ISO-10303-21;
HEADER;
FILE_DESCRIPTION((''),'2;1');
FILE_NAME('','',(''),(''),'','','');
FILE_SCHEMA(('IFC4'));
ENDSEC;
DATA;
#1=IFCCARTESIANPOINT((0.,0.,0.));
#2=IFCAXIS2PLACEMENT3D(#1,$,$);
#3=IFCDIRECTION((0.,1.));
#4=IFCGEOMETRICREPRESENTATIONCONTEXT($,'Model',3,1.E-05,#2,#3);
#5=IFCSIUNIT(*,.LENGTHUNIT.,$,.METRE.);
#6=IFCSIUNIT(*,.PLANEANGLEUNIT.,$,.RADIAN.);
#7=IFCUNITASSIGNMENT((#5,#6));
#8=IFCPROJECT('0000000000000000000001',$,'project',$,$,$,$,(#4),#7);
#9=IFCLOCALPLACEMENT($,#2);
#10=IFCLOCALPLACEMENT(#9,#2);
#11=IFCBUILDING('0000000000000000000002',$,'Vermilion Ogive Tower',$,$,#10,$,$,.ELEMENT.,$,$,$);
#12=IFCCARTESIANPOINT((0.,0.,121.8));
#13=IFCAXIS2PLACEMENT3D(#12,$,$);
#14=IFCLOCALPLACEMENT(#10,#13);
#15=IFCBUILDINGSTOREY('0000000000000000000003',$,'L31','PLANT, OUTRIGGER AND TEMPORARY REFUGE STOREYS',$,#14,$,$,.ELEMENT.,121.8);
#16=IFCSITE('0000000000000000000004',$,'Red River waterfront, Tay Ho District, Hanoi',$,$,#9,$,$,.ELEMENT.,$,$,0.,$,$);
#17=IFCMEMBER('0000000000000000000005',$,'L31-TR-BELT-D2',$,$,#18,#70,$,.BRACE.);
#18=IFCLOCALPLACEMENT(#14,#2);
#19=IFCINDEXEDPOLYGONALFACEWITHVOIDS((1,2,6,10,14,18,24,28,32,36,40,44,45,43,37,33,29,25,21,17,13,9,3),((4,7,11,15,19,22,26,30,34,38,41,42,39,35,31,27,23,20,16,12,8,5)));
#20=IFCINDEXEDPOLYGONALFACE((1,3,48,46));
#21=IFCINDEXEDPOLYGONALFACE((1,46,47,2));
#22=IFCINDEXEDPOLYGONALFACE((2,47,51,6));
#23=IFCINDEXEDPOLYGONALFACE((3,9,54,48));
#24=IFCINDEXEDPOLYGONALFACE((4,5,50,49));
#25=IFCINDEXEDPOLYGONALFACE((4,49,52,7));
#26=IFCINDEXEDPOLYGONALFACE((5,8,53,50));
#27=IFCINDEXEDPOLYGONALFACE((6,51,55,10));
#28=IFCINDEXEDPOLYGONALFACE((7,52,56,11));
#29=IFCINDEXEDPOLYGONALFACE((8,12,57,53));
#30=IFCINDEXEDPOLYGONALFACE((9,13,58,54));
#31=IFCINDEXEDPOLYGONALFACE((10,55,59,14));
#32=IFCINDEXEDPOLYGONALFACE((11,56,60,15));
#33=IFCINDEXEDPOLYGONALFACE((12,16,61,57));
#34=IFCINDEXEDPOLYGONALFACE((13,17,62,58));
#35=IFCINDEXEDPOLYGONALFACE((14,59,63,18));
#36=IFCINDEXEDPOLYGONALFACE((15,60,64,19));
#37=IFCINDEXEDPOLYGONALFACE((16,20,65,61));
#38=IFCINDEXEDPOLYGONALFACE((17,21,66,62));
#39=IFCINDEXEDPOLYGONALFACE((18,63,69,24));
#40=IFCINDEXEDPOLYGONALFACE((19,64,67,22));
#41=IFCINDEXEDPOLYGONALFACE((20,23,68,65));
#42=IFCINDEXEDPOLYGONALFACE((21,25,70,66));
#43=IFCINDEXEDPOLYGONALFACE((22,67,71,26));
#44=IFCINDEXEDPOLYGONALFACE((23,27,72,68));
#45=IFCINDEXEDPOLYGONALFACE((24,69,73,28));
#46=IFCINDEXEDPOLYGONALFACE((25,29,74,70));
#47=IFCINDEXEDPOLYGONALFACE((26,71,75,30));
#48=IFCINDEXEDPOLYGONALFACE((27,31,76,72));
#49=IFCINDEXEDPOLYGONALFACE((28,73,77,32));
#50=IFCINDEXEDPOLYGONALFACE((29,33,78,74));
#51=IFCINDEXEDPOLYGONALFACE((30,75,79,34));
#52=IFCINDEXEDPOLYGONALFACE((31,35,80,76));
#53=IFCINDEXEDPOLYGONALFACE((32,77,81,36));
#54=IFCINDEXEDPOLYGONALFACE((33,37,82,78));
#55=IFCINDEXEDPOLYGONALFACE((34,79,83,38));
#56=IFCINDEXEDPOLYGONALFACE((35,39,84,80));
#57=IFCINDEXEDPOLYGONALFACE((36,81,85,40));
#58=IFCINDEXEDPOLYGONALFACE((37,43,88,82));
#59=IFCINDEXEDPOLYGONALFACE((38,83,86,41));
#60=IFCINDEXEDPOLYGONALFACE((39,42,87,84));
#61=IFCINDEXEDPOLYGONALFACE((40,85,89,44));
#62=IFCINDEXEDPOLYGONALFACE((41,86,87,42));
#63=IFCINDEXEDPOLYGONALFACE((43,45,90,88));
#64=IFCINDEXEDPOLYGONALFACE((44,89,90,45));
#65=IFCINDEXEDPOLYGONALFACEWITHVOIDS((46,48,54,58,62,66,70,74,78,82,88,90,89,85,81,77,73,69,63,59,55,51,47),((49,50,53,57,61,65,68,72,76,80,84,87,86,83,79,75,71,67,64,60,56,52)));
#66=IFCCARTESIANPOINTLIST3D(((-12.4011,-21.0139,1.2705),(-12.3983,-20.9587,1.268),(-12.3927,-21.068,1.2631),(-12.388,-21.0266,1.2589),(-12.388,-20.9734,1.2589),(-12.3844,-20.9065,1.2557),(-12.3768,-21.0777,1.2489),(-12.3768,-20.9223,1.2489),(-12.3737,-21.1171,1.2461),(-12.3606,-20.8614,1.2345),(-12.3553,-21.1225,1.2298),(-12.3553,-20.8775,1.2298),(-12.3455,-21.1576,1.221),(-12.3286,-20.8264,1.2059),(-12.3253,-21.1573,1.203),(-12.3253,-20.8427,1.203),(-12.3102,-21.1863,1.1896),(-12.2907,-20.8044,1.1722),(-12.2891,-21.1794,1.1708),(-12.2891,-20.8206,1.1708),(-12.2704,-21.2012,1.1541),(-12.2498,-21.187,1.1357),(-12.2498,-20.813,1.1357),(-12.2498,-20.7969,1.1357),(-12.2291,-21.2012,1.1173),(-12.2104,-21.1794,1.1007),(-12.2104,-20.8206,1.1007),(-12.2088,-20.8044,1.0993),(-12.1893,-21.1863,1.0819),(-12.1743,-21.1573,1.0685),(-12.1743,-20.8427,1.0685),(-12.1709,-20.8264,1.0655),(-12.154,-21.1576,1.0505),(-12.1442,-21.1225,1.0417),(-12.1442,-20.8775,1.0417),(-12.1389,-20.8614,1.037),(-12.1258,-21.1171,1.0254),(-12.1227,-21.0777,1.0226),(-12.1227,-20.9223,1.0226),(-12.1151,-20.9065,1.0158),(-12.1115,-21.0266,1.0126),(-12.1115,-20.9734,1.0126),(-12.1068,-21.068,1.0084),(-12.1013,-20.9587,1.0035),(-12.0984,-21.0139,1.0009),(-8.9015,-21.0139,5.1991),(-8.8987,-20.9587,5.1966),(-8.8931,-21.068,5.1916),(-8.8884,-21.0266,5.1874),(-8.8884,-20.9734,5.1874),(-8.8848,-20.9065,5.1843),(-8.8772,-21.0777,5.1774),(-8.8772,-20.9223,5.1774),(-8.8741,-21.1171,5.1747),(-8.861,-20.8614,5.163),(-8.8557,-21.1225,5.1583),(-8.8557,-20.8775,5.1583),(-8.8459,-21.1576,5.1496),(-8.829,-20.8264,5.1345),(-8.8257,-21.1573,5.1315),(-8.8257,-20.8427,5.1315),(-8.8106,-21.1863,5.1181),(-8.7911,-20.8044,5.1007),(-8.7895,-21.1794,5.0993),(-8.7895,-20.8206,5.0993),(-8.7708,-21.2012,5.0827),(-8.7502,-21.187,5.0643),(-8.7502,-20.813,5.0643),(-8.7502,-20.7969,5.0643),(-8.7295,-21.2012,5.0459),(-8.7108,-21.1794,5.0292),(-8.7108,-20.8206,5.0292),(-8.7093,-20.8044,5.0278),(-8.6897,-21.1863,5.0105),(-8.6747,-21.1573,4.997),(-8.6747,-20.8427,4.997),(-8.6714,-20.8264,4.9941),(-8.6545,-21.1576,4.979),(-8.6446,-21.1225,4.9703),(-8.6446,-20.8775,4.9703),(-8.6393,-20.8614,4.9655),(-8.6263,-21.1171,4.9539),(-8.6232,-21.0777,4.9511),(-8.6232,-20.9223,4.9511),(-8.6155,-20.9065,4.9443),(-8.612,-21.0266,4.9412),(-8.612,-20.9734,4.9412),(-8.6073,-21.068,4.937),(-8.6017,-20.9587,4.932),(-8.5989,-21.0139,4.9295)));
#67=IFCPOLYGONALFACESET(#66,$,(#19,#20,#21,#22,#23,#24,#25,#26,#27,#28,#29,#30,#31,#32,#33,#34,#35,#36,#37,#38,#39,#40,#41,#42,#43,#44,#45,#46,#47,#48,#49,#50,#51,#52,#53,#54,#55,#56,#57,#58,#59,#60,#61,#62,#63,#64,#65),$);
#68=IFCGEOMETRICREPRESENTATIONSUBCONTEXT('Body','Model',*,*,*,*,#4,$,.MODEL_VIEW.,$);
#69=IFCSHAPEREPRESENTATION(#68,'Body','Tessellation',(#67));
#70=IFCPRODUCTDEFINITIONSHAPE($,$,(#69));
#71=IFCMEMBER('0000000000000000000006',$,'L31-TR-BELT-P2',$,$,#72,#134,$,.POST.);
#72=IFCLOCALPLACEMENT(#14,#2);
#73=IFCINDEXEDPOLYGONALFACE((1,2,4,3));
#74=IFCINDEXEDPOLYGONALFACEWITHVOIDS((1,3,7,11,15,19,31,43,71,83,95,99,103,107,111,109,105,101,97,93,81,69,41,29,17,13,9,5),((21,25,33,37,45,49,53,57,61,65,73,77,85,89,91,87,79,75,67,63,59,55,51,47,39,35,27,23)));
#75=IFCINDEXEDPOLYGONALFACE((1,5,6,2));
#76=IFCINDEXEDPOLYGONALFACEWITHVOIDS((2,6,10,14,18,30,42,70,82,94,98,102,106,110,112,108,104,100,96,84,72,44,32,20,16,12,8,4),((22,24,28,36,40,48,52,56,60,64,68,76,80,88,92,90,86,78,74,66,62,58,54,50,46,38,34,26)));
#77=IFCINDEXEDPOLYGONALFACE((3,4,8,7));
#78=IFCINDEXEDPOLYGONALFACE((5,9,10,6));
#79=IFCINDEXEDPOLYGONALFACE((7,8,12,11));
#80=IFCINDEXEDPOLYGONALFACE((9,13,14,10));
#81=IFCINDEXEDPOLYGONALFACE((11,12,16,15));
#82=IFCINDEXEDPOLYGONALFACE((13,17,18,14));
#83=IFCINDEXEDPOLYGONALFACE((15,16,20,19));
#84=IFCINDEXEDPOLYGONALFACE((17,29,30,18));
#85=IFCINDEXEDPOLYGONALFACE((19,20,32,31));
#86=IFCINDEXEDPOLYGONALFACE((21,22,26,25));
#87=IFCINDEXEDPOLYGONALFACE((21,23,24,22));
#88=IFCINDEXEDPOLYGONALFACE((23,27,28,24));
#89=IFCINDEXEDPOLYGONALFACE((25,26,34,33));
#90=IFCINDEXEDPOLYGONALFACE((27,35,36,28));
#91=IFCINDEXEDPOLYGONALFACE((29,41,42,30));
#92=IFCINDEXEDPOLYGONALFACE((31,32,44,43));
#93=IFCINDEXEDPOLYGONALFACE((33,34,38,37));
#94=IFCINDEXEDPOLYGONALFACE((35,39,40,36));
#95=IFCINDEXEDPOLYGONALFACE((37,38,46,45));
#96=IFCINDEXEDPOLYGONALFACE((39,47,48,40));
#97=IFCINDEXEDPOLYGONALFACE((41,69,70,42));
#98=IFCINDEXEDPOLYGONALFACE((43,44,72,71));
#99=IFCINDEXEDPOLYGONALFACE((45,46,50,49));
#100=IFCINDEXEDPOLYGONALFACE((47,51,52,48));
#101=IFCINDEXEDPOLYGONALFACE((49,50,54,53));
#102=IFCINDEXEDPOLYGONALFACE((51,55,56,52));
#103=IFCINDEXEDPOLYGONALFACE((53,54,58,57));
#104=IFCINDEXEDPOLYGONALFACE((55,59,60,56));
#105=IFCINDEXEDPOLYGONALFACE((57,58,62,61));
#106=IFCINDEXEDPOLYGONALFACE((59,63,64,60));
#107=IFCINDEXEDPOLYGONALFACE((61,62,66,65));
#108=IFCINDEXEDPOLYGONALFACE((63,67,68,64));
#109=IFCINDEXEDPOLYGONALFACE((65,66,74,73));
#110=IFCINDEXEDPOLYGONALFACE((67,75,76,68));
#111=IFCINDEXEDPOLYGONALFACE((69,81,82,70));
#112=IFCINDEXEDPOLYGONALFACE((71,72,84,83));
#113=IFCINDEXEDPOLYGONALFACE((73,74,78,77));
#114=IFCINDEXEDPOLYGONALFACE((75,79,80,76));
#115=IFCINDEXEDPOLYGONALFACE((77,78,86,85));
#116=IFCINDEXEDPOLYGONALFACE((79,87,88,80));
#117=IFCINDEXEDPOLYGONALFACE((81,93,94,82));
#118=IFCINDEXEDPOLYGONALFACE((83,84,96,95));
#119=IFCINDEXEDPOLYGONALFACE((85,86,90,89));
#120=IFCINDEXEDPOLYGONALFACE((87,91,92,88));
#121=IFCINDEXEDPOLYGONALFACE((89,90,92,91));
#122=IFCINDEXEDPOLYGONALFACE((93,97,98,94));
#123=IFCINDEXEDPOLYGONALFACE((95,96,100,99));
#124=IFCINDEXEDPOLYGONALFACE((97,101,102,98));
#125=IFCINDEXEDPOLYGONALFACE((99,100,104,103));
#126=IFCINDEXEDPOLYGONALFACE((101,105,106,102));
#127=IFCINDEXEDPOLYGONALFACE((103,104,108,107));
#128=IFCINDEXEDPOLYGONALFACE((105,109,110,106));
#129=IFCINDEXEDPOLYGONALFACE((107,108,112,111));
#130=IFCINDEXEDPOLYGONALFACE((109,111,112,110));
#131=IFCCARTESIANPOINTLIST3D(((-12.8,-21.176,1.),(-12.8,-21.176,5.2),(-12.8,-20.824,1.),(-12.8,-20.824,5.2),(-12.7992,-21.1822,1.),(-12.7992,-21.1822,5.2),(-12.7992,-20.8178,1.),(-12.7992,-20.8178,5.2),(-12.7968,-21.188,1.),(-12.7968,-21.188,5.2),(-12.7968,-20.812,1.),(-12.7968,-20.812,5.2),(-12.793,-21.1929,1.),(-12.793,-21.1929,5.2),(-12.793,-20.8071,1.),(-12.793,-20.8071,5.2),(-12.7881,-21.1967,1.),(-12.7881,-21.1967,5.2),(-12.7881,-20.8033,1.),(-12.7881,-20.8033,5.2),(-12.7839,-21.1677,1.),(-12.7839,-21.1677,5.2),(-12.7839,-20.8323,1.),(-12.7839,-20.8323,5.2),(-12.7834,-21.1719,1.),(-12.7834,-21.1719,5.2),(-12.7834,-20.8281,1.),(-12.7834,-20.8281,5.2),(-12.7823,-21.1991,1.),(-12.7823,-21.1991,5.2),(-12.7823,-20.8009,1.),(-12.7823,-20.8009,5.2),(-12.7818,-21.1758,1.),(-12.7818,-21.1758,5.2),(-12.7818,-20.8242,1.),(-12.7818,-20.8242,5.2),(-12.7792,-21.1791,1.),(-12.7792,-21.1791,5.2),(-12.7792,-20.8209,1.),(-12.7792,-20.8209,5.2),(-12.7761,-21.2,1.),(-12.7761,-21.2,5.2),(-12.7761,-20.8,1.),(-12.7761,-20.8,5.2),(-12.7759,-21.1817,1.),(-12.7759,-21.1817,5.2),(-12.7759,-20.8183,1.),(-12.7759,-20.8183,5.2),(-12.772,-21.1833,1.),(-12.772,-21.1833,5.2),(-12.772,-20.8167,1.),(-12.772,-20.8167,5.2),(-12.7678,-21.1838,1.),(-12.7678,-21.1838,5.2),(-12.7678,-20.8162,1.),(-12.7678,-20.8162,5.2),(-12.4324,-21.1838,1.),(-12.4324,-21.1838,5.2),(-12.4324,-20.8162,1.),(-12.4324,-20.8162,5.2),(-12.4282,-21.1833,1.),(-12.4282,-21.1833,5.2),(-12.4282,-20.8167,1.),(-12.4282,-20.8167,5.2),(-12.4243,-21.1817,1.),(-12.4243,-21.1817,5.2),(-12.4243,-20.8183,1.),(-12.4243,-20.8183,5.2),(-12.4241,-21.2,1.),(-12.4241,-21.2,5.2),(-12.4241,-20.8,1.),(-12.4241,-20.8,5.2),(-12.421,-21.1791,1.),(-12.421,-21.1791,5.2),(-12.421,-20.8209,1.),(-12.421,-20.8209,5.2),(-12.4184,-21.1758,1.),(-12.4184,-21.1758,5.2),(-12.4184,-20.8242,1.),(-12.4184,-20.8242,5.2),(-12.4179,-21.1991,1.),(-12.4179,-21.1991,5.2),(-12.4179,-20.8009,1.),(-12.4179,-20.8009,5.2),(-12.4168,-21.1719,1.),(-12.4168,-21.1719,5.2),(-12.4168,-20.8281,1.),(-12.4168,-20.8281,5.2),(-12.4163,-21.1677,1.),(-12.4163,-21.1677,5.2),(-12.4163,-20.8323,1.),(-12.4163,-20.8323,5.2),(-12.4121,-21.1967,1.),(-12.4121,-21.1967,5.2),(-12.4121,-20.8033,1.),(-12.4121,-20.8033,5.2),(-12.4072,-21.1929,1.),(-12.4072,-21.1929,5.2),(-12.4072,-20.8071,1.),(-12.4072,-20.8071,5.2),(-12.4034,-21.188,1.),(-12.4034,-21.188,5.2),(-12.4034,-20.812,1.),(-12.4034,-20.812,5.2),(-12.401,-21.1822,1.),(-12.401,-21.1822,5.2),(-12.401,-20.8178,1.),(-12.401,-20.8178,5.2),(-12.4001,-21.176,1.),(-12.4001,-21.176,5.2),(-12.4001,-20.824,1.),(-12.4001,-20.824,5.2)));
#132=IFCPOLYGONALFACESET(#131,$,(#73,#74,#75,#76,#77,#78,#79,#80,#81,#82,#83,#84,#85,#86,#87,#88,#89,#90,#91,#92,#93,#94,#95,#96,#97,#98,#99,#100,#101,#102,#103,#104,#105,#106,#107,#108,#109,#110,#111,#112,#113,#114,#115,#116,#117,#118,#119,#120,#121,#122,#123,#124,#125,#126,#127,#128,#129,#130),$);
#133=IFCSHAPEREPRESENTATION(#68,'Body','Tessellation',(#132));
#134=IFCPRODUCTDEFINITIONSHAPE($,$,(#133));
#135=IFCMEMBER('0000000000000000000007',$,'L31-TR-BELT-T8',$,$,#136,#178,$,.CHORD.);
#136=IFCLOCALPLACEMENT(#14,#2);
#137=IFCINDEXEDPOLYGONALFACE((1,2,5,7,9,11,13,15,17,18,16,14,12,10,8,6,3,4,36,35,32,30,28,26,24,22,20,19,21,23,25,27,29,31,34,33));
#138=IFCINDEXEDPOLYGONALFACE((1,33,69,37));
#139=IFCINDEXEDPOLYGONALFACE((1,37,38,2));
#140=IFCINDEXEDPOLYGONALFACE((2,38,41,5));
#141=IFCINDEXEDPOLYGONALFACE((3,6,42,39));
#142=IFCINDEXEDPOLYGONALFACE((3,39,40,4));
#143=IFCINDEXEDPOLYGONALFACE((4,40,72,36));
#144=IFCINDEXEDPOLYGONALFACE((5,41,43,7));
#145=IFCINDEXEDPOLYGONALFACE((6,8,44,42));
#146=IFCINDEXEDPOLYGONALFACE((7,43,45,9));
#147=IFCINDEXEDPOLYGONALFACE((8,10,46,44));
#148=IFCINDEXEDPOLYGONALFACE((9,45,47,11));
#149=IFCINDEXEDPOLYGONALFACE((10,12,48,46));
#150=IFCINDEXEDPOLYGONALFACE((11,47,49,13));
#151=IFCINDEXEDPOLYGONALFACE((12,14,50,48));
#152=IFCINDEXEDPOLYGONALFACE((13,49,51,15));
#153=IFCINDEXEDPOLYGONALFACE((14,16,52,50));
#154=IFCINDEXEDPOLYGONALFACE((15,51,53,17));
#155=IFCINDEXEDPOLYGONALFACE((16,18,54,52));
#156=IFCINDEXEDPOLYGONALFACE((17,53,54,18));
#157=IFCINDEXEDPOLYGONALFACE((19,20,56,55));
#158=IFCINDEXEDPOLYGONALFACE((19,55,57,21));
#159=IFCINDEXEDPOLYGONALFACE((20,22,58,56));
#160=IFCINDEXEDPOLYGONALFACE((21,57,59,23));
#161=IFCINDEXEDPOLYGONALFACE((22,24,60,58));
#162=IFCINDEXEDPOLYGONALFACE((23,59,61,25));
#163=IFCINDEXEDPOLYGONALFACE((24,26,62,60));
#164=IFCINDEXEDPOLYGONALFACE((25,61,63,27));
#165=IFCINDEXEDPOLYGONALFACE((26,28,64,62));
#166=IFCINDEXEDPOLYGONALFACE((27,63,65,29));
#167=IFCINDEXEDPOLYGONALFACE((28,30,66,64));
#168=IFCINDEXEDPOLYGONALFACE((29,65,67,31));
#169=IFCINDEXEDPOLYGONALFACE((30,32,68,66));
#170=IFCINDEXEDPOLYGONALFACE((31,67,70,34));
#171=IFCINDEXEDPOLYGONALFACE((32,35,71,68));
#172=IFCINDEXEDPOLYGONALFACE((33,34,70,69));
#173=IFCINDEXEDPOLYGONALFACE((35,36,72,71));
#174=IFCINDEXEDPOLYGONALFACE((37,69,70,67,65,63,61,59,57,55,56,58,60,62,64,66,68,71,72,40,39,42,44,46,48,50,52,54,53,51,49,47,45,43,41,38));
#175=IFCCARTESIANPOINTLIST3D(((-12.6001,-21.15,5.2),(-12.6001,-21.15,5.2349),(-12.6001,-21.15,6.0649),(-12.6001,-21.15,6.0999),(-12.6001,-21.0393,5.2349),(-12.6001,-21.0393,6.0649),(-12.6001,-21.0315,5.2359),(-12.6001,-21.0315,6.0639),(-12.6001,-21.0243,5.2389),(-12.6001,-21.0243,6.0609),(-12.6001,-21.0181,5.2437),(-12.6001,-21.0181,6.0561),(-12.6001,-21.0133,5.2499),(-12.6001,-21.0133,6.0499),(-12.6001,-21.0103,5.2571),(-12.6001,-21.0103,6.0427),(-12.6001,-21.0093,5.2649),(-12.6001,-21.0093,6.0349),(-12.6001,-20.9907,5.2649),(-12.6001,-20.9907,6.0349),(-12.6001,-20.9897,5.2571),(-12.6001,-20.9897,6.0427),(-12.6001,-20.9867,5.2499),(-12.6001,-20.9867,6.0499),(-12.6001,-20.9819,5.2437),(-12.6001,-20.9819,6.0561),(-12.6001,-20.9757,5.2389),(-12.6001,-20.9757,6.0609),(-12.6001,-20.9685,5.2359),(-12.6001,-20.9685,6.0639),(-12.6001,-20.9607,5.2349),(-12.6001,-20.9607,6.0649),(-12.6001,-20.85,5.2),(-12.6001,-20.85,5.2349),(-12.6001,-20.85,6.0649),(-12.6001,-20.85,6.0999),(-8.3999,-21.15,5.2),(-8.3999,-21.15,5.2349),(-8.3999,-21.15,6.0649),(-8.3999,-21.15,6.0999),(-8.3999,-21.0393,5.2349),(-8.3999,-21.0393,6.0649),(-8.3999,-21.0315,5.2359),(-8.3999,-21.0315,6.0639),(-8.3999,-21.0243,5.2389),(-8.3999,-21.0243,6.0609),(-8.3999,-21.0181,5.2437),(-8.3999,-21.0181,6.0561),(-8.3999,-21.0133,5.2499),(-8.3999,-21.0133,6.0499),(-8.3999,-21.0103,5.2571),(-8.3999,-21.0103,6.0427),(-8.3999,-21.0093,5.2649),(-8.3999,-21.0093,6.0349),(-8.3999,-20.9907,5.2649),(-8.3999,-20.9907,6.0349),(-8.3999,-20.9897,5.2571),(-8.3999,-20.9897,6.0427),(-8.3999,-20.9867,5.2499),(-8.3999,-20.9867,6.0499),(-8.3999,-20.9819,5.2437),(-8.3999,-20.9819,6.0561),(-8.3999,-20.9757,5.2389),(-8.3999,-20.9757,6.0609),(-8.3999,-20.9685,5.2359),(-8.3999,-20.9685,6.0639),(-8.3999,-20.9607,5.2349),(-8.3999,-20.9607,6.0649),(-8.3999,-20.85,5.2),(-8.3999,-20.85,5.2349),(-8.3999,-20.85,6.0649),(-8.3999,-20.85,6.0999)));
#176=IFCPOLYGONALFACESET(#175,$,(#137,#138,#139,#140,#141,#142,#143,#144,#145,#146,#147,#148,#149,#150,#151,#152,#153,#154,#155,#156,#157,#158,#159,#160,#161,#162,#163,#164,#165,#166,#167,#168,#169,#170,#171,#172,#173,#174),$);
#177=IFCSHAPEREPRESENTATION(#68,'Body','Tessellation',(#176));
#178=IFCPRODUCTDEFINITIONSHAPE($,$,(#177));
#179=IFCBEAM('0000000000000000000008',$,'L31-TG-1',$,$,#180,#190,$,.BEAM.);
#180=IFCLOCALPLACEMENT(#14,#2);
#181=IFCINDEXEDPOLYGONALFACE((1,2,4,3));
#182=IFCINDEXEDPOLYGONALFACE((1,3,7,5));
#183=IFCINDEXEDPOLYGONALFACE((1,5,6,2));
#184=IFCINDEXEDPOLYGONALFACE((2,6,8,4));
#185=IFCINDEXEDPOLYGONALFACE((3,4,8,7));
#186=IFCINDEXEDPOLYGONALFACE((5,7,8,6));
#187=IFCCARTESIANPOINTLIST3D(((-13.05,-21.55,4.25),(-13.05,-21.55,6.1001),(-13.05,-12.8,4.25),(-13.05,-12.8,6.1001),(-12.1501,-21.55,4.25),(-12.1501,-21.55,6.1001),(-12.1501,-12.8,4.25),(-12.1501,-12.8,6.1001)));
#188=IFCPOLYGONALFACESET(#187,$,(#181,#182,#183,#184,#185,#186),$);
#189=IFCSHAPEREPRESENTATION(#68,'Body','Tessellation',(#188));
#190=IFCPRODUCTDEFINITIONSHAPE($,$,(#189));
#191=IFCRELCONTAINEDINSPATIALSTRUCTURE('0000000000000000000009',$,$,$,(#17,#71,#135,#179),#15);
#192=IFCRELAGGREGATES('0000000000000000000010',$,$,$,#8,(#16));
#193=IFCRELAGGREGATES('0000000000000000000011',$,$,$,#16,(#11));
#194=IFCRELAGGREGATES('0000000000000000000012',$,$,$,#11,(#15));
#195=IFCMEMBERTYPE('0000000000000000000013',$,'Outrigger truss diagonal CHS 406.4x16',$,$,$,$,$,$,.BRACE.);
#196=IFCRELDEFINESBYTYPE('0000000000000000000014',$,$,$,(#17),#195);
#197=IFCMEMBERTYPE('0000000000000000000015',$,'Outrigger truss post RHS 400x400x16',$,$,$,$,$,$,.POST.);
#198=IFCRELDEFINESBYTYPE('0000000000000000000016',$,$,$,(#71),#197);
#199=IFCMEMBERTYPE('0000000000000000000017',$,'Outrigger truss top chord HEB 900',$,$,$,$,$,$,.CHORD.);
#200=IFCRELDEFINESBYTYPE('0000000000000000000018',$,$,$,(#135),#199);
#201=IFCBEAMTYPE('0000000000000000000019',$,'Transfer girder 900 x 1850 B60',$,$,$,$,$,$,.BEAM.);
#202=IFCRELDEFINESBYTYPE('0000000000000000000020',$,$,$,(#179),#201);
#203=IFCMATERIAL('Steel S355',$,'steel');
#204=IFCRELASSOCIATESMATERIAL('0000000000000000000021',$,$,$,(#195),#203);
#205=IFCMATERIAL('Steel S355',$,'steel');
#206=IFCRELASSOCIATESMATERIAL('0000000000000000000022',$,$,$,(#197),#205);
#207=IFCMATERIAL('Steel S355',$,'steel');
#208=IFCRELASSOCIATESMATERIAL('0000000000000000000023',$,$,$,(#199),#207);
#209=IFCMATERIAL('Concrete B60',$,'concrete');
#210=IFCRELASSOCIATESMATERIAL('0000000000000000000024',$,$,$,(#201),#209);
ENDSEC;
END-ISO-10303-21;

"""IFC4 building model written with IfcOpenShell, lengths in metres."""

from ifc_helpers import new_model, si_unit, direction, frame, origin, origin_2d, place, context, subcontext, project, spatial, rectangle, hollow_rectangle, hollow_circle, i_section, extrude, material, material_profile, profile_set, type_object, element, save


model = new_model("IFC4")

# Units and contexts
model_context = context("Model", 3, precision=1e-05, world=origin(), true_north=direction((0.0, 1.0)))
body_context = subcontext(model_context, "Body", "Model", "MODEL_VIEW")
ifc_project = project(units=[si_unit("LENGTHUNIT", "METRE"), si_unit("PLANEANGLEUNIT", "RADIAN")], contexts=[model_context])

# Site, building, storey
site_placement = place(None, origin())
site = spatial("IfcSite", under=ifc_project, at=site_placement, Name="Red River waterfront, Tay Ho District, Hanoi", CompositionType="ELEMENT", RefElevation=0.0)
building_placement = place(site_placement, origin())
building = spatial("IfcBuilding", under=site, at=building_placement, Name="Vermilion Ogive Tower", CompositionType="ELEMENT")
storey_placement = place(building_placement, frame((0.0, 0.0, 121.8)))
storey = spatial("IfcBuildingStorey", under=building, at=storey_placement, Name="L31", Description="PLANT, OUTRIGGER AND TEMPORARY REFUGE STOREYS", CompositionType="ELEMENT", Elevation=121.8)

# Members
ifc_material_1 = material(Name="Steel S355", Category="steel")
ifc_material_profile_1 = material_profile(ifc_material_1, hollow_circle(Radius=0.2031, WallThickness=0.0161, at=origin_2d()), Name="CHS 406.4x16")
ifc_profile_set_1 = profile_set([ifc_material_profile_1], Name="Steel S355")
member_type_1 = type_object("IfcMemberType", Name="Outrigger truss diagonal CHS 406.4x16", PredefinedType="BRACE", material=ifc_profile_set_1)
member_1_placement = place(storey_placement, frame((-12.2498, -21.0, 1.1357), z_axis=(0.665164, 0.0, 0.746697), x_axis=(0.0, 1.0, 0.0)))
element("IfcMember", 1, at=member_1_placement, inside=storey, type_object=member_type_1, Name="L31-TR-BELT-D2", PredefinedType="BRACE", context=body_context, shape_type="SweptSolid", body=[
    extrude(hollow_circle(Radius=0.2031, WallThickness=0.0161, at=origin_2d()), origin(), (0.0, 0.0, 1.0), 5.2612),
])
ifc_material_2 = material(Name="Steel S355", Category="steel")
ifc_material_profile_2 = material_profile(ifc_material_2, hollow_rectangle(XDim=0.3999, YDim=0.3999, WallThickness=0.0161, InnerFilletRadius=0.0161, OuterFilletRadius=0.0239, at=origin_2d()), Name="RHS 400x400x16")
ifc_profile_set_2 = profile_set([ifc_material_profile_2], Name="Steel S355")
member_type_2 = type_object("IfcMemberType", Name="Outrigger truss post RHS 400x400x16", PredefinedType="POST", material=ifc_profile_set_2)
member_2_placement = place(storey_placement, frame((-12.6001, -21.0, 1.0), z_axis=(0.0, 0.0, 1.0), x_axis=(1.0, 0.0, 0.0)))
element("IfcMember", 2, at=member_2_placement, inside=storey, type_object=member_type_2, Name="L31-TR-BELT-P2", PredefinedType="POST", context=body_context, shape_type="SweptSolid", body=[
    extrude(hollow_rectangle(XDim=0.3999, YDim=0.3999, WallThickness=0.0161, InnerFilletRadius=0.0161, OuterFilletRadius=0.0239, at=origin_2d()), origin(), (0.0, 0.0, 1.0), 4.2),
])
ifc_material_3 = material(Name="Steel S355", Category="steel")
ifc_material_profile_3 = material_profile(ifc_material_3, i_section(OverallWidth=0.3, OverallDepth=0.8999, WebThickness=0.0186, FlangeThickness=0.0349, FilletRadius=0.03, at=origin_2d()), Name="HEB 900")
ifc_profile_set_3 = profile_set([ifc_material_profile_3], Name="Steel S355")
member_type_3 = type_object("IfcMemberType", Name="Outrigger truss top chord HEB 900", PredefinedType="CHORD", material=ifc_profile_set_3)
member_3_placement = place(storey_placement, frame((-12.6001, -21.0, 5.6499), z_axis=(1.0, 0.0, 0.0), x_axis=(0.0, 1.0, 0.0)))
element("IfcMember", 3, at=member_3_placement, inside=storey, type_object=member_type_3, Name="L31-TR-BELT-T8", PredefinedType="CHORD", context=body_context, shape_type="SweptSolid", body=[
    extrude(i_section(OverallWidth=0.3, OverallDepth=0.8999, WebThickness=0.0186, FlangeThickness=0.0349, FilletRadius=0.03, at=origin_2d()), origin(), (0.0, 0.0, 1.0), 4.2002),
])

# Beam
ifc_material_4 = material(Name="Concrete B60", Category="concrete")
ifc_material_profile_4 = material_profile(ifc_material_4, rectangle(XDim=0.8999, YDim=1.8501, at=origin_2d()), Name="900 x 1850")
ifc_profile_set_4 = profile_set([ifc_material_profile_4], Name="Concrete B60")
beam_type = type_object("IfcBeamType", Name="Transfer girder 900 x 1850 B60", PredefinedType="BEAM", material=ifc_profile_set_4)
beam_placement = place(storey_placement, frame((-12.6001, -21.55, 5.175), z_axis=(0.0, 1.0, 0.0), x_axis=(-1.0, 0.0, 0.0)))
element("IfcBeam", 4, at=beam_placement, inside=storey, type_object=beam_type, Name="L31-TG-1", PredefinedType="BEAM", context=body_context, shape_type="SweptSolid", body=[
    extrude(rectangle(XDim=0.8999, YDim=1.8501, at=origin_2d()), origin(), (0.0, 0.0, 1.0), 8.75),
])

save(model, "model.ifc")
